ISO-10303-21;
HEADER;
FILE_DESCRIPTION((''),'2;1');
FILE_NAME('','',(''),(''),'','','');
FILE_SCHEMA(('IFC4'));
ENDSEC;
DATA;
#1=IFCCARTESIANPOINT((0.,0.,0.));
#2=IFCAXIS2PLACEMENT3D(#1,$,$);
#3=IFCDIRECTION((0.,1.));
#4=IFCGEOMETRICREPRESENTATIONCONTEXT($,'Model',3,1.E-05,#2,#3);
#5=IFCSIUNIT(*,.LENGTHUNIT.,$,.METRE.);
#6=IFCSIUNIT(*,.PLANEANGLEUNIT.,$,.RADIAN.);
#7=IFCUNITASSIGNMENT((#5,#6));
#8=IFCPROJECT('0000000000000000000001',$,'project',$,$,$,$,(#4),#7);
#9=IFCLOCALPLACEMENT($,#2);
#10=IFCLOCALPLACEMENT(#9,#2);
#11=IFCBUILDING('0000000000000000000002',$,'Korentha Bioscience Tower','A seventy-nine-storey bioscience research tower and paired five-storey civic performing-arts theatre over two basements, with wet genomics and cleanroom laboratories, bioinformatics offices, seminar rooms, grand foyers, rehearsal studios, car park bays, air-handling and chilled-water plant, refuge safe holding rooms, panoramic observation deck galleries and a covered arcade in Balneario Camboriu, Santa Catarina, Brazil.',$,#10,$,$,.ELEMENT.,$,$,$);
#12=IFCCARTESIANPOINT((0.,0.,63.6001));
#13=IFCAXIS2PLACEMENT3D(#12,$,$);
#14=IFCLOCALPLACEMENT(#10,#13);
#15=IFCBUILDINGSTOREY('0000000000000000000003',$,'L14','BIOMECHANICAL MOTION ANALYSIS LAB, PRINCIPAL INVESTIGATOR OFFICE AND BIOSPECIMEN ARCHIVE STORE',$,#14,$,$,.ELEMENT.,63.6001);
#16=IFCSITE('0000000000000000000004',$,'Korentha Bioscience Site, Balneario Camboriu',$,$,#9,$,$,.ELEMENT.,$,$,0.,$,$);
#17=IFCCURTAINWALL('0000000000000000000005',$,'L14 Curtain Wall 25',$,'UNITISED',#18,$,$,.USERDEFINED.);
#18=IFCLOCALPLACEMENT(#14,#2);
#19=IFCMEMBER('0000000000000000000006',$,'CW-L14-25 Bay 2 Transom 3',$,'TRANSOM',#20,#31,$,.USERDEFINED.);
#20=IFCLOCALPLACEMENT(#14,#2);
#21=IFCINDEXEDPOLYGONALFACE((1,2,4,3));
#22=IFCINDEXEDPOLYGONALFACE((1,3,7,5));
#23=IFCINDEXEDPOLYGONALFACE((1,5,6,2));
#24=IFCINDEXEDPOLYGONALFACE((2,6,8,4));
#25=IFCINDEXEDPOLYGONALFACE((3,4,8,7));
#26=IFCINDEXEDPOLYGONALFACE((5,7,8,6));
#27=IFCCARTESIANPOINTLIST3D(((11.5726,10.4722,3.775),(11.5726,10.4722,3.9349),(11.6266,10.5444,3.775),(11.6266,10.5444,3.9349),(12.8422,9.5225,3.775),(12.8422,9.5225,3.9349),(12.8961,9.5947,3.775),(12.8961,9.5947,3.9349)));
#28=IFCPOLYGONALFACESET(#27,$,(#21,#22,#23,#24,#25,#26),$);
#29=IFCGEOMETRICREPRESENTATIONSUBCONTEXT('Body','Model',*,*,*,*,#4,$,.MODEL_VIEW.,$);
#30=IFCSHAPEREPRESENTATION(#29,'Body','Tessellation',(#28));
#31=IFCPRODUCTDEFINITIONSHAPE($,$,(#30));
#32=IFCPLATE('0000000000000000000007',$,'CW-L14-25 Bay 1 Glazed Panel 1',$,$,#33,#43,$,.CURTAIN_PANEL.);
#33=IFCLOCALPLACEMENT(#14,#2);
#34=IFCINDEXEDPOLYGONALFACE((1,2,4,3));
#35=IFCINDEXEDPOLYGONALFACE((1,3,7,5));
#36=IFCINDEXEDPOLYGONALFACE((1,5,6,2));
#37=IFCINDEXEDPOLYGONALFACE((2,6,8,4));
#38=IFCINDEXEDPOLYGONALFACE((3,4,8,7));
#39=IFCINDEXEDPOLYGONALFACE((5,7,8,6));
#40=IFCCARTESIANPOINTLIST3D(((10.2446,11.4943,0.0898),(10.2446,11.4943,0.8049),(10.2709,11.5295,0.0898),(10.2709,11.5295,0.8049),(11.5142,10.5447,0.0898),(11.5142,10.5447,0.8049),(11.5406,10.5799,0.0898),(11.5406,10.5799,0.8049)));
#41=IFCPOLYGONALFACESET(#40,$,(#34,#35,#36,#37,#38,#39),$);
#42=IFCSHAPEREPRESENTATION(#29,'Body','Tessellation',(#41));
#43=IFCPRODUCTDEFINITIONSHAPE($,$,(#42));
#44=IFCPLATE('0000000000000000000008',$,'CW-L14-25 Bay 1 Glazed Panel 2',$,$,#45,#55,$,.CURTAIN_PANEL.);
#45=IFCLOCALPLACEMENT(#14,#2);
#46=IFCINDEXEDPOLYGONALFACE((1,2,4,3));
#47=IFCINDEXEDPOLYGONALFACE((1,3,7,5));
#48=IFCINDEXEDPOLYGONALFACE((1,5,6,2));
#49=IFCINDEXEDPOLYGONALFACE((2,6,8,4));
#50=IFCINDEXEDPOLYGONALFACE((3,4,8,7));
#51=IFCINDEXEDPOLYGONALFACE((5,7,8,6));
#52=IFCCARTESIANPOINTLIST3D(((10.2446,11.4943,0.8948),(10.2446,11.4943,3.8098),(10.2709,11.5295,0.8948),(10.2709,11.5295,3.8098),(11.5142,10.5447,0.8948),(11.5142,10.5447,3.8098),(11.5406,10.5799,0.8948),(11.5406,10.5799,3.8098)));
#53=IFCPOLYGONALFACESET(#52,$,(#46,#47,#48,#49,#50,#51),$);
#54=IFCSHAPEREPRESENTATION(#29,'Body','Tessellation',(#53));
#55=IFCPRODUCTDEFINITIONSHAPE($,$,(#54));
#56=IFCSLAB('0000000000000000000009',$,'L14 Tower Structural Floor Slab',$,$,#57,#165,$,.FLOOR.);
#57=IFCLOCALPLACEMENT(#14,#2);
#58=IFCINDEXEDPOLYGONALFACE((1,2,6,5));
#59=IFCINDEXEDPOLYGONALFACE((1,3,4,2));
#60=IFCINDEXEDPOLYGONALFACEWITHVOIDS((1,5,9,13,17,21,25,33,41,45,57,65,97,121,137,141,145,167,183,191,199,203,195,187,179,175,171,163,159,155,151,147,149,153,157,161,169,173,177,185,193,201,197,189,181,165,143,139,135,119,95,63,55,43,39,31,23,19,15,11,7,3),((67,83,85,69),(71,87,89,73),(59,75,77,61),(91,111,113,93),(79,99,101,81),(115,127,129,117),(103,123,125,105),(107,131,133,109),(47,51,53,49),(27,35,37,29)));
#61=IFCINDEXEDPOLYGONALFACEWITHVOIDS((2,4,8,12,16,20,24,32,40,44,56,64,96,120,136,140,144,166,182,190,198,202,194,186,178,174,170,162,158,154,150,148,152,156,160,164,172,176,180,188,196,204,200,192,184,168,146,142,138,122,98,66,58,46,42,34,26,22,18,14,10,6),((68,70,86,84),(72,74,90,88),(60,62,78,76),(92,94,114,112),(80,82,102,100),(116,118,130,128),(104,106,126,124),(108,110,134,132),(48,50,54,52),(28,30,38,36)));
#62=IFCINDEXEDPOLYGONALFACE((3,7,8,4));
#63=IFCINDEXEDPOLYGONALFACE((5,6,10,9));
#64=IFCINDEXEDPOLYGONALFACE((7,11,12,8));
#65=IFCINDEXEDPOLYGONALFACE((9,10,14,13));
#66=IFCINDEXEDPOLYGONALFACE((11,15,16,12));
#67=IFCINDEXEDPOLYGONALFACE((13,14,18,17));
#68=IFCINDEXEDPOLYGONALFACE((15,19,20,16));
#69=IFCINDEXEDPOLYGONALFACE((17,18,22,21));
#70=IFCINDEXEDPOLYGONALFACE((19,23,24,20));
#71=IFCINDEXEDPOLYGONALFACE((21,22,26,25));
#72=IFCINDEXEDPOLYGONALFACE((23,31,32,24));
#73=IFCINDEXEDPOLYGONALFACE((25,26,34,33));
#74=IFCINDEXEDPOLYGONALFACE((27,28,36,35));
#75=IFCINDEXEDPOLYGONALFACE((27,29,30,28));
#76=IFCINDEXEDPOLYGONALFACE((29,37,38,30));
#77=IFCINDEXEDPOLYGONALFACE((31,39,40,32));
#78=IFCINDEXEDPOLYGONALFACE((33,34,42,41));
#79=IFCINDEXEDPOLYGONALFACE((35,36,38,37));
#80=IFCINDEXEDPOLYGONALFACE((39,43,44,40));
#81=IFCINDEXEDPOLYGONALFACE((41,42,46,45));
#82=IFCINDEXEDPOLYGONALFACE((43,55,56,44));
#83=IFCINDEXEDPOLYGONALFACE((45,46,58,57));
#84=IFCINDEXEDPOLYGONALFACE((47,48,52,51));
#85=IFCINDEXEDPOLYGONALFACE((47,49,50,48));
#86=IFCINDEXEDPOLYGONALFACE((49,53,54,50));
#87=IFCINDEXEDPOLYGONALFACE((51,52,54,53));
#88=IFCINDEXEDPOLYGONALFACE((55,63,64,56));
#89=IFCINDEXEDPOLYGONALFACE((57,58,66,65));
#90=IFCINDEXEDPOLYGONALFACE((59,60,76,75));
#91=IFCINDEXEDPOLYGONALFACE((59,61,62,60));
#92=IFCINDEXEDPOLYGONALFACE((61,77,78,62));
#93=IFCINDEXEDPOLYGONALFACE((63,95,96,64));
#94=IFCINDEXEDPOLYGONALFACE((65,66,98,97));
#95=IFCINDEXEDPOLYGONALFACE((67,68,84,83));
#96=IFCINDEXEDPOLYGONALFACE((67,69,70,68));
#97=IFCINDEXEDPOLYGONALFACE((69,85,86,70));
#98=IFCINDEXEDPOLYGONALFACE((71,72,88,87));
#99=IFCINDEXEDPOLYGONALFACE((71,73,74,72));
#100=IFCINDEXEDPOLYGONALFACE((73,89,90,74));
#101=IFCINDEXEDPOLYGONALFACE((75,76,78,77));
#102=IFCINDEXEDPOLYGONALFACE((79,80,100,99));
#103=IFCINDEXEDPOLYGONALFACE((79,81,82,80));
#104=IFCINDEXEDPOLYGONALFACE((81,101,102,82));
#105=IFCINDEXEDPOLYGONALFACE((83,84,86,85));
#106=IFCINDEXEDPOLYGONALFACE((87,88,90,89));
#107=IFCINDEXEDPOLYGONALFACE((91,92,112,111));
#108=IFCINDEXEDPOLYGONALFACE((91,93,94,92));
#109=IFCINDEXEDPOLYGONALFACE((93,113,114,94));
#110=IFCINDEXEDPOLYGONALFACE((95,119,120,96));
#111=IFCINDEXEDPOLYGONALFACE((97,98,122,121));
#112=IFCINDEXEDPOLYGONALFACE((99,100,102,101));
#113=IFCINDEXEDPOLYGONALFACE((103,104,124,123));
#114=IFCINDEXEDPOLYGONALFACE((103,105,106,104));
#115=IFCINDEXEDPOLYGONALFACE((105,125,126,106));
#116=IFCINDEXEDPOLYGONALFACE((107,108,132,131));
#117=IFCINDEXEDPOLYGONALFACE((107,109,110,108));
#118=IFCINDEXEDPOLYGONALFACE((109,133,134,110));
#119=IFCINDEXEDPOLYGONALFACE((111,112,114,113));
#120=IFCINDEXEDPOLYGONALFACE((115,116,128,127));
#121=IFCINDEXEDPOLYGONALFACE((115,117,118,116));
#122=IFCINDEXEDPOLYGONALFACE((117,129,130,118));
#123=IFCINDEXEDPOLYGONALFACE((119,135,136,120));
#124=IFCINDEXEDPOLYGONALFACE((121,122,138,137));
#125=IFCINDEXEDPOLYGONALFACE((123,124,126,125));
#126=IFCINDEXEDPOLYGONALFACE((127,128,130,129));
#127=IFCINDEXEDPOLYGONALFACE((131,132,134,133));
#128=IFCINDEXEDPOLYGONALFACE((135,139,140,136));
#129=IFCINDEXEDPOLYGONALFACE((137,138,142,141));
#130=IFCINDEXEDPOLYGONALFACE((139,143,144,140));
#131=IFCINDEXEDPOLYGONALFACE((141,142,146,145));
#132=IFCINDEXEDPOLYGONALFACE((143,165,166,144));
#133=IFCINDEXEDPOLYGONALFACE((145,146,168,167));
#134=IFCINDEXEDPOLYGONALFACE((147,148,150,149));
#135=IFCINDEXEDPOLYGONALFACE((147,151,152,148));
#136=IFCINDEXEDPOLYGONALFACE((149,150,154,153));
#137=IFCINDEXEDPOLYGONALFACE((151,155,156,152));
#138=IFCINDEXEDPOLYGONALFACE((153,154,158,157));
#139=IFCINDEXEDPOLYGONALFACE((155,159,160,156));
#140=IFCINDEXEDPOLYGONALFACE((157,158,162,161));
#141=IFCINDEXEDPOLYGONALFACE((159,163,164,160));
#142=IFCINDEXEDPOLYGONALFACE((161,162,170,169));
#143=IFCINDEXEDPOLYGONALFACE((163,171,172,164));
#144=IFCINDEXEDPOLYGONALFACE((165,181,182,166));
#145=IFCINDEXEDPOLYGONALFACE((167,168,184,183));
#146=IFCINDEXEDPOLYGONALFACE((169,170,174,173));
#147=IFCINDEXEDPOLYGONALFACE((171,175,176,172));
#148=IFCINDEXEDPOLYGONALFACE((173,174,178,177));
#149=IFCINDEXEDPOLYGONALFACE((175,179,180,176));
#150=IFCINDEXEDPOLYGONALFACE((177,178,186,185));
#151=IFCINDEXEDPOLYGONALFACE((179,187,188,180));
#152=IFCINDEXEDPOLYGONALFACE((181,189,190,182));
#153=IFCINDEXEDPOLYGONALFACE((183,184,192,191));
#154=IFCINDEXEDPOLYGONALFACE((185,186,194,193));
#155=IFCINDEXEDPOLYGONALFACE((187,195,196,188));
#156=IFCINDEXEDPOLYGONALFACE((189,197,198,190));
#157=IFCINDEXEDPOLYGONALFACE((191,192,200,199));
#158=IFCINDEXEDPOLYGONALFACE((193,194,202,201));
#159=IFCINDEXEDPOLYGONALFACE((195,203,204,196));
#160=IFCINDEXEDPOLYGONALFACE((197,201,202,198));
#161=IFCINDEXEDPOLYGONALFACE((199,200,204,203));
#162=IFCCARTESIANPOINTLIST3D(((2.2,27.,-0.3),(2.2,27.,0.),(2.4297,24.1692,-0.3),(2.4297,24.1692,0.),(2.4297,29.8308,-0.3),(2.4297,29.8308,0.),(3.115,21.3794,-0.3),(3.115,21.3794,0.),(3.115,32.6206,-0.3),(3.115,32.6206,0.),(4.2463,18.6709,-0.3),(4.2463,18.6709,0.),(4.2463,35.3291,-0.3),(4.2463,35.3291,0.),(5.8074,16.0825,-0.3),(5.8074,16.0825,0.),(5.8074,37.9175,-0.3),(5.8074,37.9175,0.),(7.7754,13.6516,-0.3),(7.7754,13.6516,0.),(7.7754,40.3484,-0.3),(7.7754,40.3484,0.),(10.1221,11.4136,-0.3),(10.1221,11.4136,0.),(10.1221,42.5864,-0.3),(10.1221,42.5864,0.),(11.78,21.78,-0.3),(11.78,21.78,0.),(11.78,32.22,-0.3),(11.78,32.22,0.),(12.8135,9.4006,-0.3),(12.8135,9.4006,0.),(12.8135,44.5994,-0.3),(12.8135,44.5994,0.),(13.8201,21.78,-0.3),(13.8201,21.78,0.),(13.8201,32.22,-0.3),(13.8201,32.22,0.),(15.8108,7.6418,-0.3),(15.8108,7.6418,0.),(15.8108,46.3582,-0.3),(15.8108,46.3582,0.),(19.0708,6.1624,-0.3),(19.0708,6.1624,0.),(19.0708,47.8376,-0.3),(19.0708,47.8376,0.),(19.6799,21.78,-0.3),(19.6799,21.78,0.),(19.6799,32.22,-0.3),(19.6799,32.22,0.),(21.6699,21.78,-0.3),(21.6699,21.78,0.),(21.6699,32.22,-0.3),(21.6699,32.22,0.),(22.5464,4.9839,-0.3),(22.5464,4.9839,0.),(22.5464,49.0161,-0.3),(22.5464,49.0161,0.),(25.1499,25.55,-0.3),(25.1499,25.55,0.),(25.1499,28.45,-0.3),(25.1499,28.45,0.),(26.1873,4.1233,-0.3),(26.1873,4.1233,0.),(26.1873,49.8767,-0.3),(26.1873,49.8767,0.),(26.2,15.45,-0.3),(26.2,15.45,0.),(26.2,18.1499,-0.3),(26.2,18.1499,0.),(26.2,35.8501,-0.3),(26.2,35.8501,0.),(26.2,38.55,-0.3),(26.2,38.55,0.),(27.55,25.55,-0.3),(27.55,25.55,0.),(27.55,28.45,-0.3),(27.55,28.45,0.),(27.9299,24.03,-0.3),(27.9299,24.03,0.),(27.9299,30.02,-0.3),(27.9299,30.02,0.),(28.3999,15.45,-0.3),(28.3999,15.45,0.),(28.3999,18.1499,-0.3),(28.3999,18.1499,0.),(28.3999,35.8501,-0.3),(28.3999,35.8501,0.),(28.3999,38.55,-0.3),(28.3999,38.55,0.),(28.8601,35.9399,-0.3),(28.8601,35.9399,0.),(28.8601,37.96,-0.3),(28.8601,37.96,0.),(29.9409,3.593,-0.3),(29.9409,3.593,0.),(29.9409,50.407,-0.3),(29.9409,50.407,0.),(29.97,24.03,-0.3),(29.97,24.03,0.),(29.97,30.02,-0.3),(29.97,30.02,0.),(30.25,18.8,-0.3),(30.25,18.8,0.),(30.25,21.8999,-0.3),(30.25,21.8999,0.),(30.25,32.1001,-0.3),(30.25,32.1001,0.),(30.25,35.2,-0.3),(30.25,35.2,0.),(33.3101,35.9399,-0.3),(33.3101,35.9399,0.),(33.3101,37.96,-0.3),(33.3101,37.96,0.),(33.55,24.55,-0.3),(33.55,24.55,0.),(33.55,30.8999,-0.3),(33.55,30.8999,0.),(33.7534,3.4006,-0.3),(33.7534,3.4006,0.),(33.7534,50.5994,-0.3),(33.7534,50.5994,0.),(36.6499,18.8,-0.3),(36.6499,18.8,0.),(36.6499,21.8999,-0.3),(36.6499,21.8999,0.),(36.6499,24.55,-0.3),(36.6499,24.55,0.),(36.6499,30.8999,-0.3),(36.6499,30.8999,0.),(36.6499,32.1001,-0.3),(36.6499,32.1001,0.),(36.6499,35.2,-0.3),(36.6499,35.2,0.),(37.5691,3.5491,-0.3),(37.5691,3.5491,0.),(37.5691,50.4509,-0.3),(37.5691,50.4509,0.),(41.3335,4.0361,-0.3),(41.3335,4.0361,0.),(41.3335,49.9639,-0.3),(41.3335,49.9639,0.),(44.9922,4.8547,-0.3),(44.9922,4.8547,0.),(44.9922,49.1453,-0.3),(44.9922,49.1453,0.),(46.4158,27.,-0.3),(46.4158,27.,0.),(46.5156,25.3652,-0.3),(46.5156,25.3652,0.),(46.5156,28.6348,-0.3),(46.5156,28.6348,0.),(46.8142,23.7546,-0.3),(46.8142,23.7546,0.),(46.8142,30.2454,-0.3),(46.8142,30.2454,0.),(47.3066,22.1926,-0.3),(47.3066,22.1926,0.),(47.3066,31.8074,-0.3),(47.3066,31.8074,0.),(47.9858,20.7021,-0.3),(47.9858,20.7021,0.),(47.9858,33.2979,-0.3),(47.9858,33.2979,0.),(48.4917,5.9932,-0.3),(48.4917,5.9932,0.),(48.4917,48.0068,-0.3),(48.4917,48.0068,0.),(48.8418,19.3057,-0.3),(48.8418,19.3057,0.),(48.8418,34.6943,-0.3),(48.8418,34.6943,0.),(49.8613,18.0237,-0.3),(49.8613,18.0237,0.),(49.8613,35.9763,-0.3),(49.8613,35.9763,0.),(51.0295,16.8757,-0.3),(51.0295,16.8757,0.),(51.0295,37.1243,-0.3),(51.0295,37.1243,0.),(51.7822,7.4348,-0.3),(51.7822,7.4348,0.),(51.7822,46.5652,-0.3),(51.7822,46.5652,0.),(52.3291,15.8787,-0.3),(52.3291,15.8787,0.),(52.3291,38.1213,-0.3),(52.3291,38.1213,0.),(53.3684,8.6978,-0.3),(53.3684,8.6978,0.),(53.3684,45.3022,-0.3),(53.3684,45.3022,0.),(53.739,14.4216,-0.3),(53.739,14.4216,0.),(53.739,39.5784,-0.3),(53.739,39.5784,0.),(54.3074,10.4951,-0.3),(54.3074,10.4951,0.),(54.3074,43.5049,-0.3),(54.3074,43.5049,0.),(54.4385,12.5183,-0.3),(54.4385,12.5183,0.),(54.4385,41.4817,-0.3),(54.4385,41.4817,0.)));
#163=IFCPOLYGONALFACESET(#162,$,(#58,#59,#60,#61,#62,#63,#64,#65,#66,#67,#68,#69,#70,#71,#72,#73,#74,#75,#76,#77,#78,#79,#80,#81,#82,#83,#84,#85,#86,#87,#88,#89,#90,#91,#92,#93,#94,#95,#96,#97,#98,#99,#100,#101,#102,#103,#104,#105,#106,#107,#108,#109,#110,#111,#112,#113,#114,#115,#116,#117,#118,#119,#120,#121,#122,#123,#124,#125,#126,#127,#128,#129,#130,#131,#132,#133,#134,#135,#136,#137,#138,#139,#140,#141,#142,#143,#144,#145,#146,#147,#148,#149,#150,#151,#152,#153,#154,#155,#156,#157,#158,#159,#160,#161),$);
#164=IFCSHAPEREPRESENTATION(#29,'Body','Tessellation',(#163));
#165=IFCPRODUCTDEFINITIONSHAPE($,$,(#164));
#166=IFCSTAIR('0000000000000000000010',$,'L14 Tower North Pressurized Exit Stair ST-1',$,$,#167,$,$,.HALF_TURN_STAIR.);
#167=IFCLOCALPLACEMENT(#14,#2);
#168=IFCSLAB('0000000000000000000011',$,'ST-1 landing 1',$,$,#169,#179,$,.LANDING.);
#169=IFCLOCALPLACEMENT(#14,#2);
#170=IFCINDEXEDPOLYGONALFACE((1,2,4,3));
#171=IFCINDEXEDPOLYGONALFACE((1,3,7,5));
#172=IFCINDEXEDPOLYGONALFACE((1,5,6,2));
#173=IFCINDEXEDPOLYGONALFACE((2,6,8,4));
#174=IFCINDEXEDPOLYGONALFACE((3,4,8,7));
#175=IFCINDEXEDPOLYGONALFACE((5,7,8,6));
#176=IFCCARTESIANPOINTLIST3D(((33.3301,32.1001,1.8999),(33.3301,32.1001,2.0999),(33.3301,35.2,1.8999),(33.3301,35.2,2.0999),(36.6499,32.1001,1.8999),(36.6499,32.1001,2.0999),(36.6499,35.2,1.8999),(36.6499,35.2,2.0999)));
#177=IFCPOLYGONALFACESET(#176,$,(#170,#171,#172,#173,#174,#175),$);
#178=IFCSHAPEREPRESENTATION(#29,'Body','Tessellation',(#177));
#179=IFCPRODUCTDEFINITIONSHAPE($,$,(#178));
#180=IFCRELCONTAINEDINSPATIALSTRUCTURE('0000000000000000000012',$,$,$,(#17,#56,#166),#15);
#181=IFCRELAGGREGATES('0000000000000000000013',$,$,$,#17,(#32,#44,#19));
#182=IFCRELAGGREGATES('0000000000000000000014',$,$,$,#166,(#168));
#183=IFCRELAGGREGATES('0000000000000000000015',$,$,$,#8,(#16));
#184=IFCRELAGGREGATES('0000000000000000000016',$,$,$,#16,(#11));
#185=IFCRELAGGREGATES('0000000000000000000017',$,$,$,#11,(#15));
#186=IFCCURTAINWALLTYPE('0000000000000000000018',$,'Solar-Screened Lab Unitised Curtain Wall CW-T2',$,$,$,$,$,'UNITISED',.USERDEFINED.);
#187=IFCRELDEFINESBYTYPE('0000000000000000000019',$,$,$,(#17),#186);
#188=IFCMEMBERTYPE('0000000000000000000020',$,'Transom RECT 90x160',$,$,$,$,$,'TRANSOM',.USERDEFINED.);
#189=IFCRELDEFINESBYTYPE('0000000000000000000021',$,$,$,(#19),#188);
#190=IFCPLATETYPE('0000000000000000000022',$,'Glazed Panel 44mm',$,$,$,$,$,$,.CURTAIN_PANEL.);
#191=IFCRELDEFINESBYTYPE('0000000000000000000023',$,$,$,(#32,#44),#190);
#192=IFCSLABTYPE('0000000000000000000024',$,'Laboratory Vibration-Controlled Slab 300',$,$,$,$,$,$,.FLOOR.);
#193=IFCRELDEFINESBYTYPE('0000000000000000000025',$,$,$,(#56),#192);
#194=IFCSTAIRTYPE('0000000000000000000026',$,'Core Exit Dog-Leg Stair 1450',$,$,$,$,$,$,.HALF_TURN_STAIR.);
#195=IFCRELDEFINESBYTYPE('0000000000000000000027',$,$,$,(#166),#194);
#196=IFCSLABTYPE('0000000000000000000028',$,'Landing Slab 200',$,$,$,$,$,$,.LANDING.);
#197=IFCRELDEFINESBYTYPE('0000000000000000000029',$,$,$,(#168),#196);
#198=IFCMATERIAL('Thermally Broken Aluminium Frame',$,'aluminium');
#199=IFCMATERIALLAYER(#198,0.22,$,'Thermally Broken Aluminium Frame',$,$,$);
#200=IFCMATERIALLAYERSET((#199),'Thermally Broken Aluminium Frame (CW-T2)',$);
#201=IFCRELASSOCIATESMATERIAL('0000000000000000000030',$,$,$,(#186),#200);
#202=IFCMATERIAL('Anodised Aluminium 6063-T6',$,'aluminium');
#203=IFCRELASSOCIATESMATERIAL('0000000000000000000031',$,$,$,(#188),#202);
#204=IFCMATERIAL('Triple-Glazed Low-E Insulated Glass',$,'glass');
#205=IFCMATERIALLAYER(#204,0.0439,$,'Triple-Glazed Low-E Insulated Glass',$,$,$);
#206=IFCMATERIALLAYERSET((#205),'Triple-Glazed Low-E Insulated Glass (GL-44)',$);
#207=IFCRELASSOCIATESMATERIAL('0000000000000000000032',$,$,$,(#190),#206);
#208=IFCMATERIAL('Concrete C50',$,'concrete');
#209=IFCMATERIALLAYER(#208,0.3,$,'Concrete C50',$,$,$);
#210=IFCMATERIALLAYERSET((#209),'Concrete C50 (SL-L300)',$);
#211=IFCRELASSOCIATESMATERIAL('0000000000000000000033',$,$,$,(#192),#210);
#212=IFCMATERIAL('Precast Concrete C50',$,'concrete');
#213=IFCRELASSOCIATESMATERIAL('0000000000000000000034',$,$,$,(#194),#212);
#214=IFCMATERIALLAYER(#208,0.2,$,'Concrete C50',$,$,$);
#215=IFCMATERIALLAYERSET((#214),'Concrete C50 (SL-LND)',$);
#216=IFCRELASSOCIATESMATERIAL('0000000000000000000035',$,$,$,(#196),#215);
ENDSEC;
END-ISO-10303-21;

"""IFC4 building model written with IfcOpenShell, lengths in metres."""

from ifc_helpers import new_model, si_unit, direction, frame, origin, origin_2d, place, context, subcontext, project, spatial, polyline, rectangle, outline, extrude, material, layer, layer_set, material_profile, profile_set, type_object, element, aggregate, save


model = new_model("IFC4")

# Units and contexts
model_context = context("Model", 3, precision=1e-05, world=origin(), true_north=direction((0.0, 1.0)))
body_context = subcontext(model_context, "Body", "Model", "MODEL_VIEW")
ifc_project = project(units=[si_unit("LENGTHUNIT", "METRE"), si_unit("PLANEANGLEUNIT", "RADIAN")], contexts=[model_context])

# Site, building, storey
site_placement = place(None, origin())
site = spatial("IfcSite", under=ifc_project, at=site_placement, Name="Korentha Bioscience Site, Balneario Camboriu", CompositionType="ELEMENT", RefElevation=0.0)
building_placement = place(site_placement, origin())
building = spatial("IfcBuilding", under=site, at=building_placement, Name="Korentha Bioscience Tower", Description="A seventy-nine-storey bioscience research tower and paired five-storey civic performing-arts theatre over two basements, with wet genomics and cleanroom laboratories, bioinformatics offices, seminar rooms, grand foyers, rehearsal studios, car park bays, air-handling and chilled-water plant, refuge safe holding rooms, panoramic observation deck galleries and a covered arcade in Balneario Camboriu, Santa Catarina, Brazil.", CompositionType="ELEMENT")
storey_placement = place(building_placement, frame((0.0, 0.0, 63.6001)))
storey = spatial("IfcBuildingStorey", under=building, at=storey_placement, Name="L14", Description="BIOMECHANICAL MOTION ANALYSIS LAB, PRINCIPAL INVESTIGATOR OFFICE AND BIOSPECIMEN ARCHIVE STORE", CompositionType="ELEMENT", Elevation=63.6001)

# Curtain wall
ifc_material_1 = material(Name="Thermally Broken Aluminium Frame", Category="aluminium")
ifc_layer_1 = layer(ifc_material_1, 0.22, Name="Thermally Broken Aluminium Frame")
ifc_layer_set_1 = layer_set([ifc_layer_1], Name="Thermally Broken Aluminium Frame (CW-T2)")
curtain_wall_type = type_object("IfcCurtainWallType", Name="Solar-Screened Lab Unitised Curtain Wall CW-T2", ElementType="UNITISED", PredefinedType="USERDEFINED", material=ifc_layer_set_1)
curtain_wall_placement = place(storey_placement, origin())
curtain_wall = element("IfcCurtainWall", 1, at=curtain_wall_placement, inside=storey, type_object=curtain_wall_type, Name="L14 Curtain Wall 25", ObjectType="UNITISED", PredefinedType="USERDEFINED")
ifc_material_2 = material(Name="Anodised Aluminium 6063-T6", Category="aluminium")

# Member
ifc_material_profile_1 = material_profile(ifc_material_2, rectangle(XDim=0.0901, YDim=0.1599, at=origin_2d()), Name="Anodised Aluminium 6063-T6")
ifc_profile_set_1 = profile_set([ifc_material_profile_1], Name="Anodised Aluminium 6063-T6 (CW-TRN)")
member_type_1 = type_object("IfcMemberType", Name="Transom RECT 90x160", ElementType="TRANSOM", PredefinedType="USERDEFINED", material=ifc_profile_set_1)
member_1_placement = place(storey_placement, frame((11.5996, 10.5083, 3.855), z_axis=(0.800739, -0.599014, 0.0), x_axis=(0.599014, 0.800739, 0.0)))
member_1 = element("IfcMember", 2, at=member_1_placement, type_object=member_type_1, Name="CW-L14-25 Bay 2 Transom 3", ObjectType="TRANSOM", PredefinedType="USERDEFINED", context=body_context, shape_type="SweptSolid", body=[
    extrude(rectangle(XDim=0.0901, YDim=0.1599, at=origin_2d()), origin(), (0.0, 0.0, 1.0), 1.5854),
])

# Plates
ifc_material_3 = material(Name="Triple-Glazed Low-E Insulated Glass", Category="glass")
ifc_layer_2 = layer(ifc_material_3, 0.0439, Name="Triple-Glazed Low-E Insulated Glass")
ifc_layer_set_2 = layer_set([ifc_layer_2], Name="Triple-Glazed Low-E Insulated Glass (GL-44)")
plate_type = type_object("IfcPlateType", Name="Glazed Panel 44mm", PredefinedType="CURTAIN_PANEL", material=ifc_layer_set_2)
plate_1_placement = place(storey_placement, frame((10.8926, 11.0371, 0.0898), z_axis=(0.0, 0.0, 1.0), x_axis=(0.800798, -0.598935, 0.0)))
plate_1 = element("IfcPlate", 3, at=plate_1_placement, type_object=plate_type, Name="CW-L14-25 Bay 1 Glazed Panel 1", PredefinedType="CURTAIN_PANEL", context=body_context, shape_type="SweptSolid", body=[
    extrude(rectangle(XDim=1.5854, YDim=0.0439, at=origin_2d()), origin(), (0.0, 0.0, 1.0), 0.7151),
])
plate_2_placement = place(storey_placement, frame((10.8926, 11.0371, 0.8948), z_axis=(0.0, 0.0, 1.0), x_axis=(0.800798, -0.598935, 0.0)))
plate_2 = element("IfcPlate", 4, at=plate_2_placement, type_object=plate_type, Name="CW-L14-25 Bay 1 Glazed Panel 2", PredefinedType="CURTAIN_PANEL", context=body_context, shape_type="SweptSolid", body=[
    extrude(rectangle(XDim=1.5854, YDim=0.0439, at=origin_2d()), origin(), (0.0, 0.0, 1.0), 2.915),
])
aggregate(curtain_wall, [plate_1, plate_2, member_1])

# Slab
ifc_material_4 = material(Name="Concrete C50", Category="concrete")
ifc_layer_3 = layer(ifc_material_4, 0.3, Name="Concrete C50")
ifc_layer_set_3 = layer_set([ifc_layer_3], Name="Concrete C50 (SL-L300)")
slab_type_1 = type_object("IfcSlabType", Name="Laboratory Vibration-Controlled Slab 300", PredefinedType="FLOOR", material=ifc_layer_set_3)
slab_1_placement = place(storey_placement, frame((0.0, 0.0, -0.3)))
element("IfcSlab", 5, at=slab_1_placement, inside=storey, type_object=slab_type_1, Name="L14 Tower Structural Floor Slab", PredefinedType="FLOOR", context=body_context, shape_type="SweptSolid", body=[
    extrude(outline(polyline([(51.7822, 46.5652), (48.4917, 48.0068), (44.9922, 49.1453), (41.3335, 49.9639), (37.5691, 50.4509), (33.7534, 50.5994), (29.9409, 50.407), (26.1873, 49.8767), (22.5464, 49.0161), (19.0708, 47.8376), (15.8108, 46.3582), (12.8135, 44.5994), (10.1221, 42.5864), (7.7754, 40.3484), (5.8074, 37.9175), (4.2463, 35.3291), (3.115, 32.6206), (2.4297, 29.8308), (2.2, 27.0), (2.4297, 24.1692), (3.115, 21.3794), (4.2463, 18.6709), (5.8074, 16.0825), (7.7754, 13.6516), (10.1221, 11.4136), (12.8135, 9.4006), (15.8108, 7.6418), (19.0708, 6.1624), (22.5464, 4.9839), (26.1873, 4.1233), (29.9409, 3.593), (33.7534, 3.4006), (37.5691, 3.5491), (41.3335, 4.0361), (44.9922, 4.8547), (48.4917, 5.9932), (51.7822, 7.4348), (53.3684, 8.6978), (54.3074, 10.4951), (54.4385, 12.5183), (53.739, 14.4216), (52.3291, 15.8787), (51.0295, 16.8757), (49.8613, 18.0237), (48.8418, 19.3057), (47.9858, 20.7021), (47.3066, 22.1926), (46.8142, 23.7546), (46.5156, 25.3652), (46.4158, 27.0), (46.5156, 28.6348), (46.8142, 30.2454), (47.3066, 31.8074), (47.9858, 33.2979), (48.8418, 34.6943), (49.8613, 35.9763), (51.0295, 37.1243), (52.3291, 38.1213), (53.739, 39.5784), (54.4385, 41.4817), (54.3074, 43.5049), (53.3684, 45.3022), (51.7822, 46.5652)]), holes=[polyline([(30.25, 32.1001), (36.6499, 32.1001), (36.6499, 35.2), (30.25, 35.2), (30.25, 32.1001)]), polyline([(30.25, 18.8), (36.6499, 18.8), (36.6499, 21.8999), (30.25, 21.8999), (30.25, 18.8)]), polyline([(36.6499, 24.55), (36.6499, 30.8999), (33.55, 30.8999), (33.55, 24.55), (36.6499, 24.55)]), polyline([(11.78, 21.78), (13.8201, 21.78), (13.8201, 32.22), (11.78, 32.22), (11.78, 21.78)]), polyline([(19.6799, 21.78), (21.6699, 21.78), (21.6699, 32.22), (19.6799, 32.22), (19.6799, 21.78)]), polyline([(27.9299, 24.03), (29.97, 24.03), (29.97, 30.02), (27.9299, 30.02), (27.9299, 24.03)]), polyline([(28.8601, 35.9399), (33.3101, 35.9399), (33.3101, 37.96), (28.8601, 37.96), (28.8601, 35.9399)]), polyline([(26.2, 15.45), (28.3999, 15.45), (28.3999, 18.1499), (26.2, 18.1499), (26.2, 15.45)]), polyline([(26.2, 35.8501), (28.3999, 35.8501), (28.3999, 38.55), (26.2, 38.55), (26.2, 35.8501)]), polyline([(25.1499, 25.55), (27.55, 25.55), (27.55, 28.45), (25.1499, 28.45), (25.1499, 25.55)])]), origin(), (0.0, 0.0, 1.0), 0.3),
])

# Stair, slab
ifc_material_5 = material(Name="Precast Concrete C50", Category="concrete")
stair_type = type_object("IfcStairType", Name="Core Exit Dog-Leg Stair 1450", PredefinedType="HALF_TURN_STAIR", material=ifc_material_5)
stair_1_placement = place(storey_placement, origin())
stair_1 = element("IfcStair", 6, at=stair_1_placement, inside=storey, type_object=stair_type, Name="L14 Tower North Pressurized Exit Stair ST-1", PredefinedType="HALF_TURN_STAIR")
ifc_layer_4 = layer(ifc_material_4, 0.2, Name="Concrete C50")
ifc_layer_set_4 = layer_set([ifc_layer_4], Name="Concrete C50 (SL-LND)")
slab_type_2 = type_object("IfcSlabType", Name="Landing Slab 200", PredefinedType="LANDING", material=ifc_layer_set_4)
slab_2_placement = place(storey_placement, frame((0.0, 0.0, 1.8999)))
slab_2 = element("IfcSlab", 7, at=slab_2_placement, type_object=slab_type_2, Name="ST-1 landing 1", PredefinedType="LANDING", context=body_context, shape_type="SweptSolid", body=[
    extrude(outline(polyline([(33.3301, 32.1001), (36.6499, 32.1001), (36.6499, 35.2), (33.3301, 35.2), (33.3301, 32.1001)])), origin(), (0.0, 0.0, 1.0), 0.2),
])
aggregate(stair_1, [slab_2])

save(model, "model.ifc")
